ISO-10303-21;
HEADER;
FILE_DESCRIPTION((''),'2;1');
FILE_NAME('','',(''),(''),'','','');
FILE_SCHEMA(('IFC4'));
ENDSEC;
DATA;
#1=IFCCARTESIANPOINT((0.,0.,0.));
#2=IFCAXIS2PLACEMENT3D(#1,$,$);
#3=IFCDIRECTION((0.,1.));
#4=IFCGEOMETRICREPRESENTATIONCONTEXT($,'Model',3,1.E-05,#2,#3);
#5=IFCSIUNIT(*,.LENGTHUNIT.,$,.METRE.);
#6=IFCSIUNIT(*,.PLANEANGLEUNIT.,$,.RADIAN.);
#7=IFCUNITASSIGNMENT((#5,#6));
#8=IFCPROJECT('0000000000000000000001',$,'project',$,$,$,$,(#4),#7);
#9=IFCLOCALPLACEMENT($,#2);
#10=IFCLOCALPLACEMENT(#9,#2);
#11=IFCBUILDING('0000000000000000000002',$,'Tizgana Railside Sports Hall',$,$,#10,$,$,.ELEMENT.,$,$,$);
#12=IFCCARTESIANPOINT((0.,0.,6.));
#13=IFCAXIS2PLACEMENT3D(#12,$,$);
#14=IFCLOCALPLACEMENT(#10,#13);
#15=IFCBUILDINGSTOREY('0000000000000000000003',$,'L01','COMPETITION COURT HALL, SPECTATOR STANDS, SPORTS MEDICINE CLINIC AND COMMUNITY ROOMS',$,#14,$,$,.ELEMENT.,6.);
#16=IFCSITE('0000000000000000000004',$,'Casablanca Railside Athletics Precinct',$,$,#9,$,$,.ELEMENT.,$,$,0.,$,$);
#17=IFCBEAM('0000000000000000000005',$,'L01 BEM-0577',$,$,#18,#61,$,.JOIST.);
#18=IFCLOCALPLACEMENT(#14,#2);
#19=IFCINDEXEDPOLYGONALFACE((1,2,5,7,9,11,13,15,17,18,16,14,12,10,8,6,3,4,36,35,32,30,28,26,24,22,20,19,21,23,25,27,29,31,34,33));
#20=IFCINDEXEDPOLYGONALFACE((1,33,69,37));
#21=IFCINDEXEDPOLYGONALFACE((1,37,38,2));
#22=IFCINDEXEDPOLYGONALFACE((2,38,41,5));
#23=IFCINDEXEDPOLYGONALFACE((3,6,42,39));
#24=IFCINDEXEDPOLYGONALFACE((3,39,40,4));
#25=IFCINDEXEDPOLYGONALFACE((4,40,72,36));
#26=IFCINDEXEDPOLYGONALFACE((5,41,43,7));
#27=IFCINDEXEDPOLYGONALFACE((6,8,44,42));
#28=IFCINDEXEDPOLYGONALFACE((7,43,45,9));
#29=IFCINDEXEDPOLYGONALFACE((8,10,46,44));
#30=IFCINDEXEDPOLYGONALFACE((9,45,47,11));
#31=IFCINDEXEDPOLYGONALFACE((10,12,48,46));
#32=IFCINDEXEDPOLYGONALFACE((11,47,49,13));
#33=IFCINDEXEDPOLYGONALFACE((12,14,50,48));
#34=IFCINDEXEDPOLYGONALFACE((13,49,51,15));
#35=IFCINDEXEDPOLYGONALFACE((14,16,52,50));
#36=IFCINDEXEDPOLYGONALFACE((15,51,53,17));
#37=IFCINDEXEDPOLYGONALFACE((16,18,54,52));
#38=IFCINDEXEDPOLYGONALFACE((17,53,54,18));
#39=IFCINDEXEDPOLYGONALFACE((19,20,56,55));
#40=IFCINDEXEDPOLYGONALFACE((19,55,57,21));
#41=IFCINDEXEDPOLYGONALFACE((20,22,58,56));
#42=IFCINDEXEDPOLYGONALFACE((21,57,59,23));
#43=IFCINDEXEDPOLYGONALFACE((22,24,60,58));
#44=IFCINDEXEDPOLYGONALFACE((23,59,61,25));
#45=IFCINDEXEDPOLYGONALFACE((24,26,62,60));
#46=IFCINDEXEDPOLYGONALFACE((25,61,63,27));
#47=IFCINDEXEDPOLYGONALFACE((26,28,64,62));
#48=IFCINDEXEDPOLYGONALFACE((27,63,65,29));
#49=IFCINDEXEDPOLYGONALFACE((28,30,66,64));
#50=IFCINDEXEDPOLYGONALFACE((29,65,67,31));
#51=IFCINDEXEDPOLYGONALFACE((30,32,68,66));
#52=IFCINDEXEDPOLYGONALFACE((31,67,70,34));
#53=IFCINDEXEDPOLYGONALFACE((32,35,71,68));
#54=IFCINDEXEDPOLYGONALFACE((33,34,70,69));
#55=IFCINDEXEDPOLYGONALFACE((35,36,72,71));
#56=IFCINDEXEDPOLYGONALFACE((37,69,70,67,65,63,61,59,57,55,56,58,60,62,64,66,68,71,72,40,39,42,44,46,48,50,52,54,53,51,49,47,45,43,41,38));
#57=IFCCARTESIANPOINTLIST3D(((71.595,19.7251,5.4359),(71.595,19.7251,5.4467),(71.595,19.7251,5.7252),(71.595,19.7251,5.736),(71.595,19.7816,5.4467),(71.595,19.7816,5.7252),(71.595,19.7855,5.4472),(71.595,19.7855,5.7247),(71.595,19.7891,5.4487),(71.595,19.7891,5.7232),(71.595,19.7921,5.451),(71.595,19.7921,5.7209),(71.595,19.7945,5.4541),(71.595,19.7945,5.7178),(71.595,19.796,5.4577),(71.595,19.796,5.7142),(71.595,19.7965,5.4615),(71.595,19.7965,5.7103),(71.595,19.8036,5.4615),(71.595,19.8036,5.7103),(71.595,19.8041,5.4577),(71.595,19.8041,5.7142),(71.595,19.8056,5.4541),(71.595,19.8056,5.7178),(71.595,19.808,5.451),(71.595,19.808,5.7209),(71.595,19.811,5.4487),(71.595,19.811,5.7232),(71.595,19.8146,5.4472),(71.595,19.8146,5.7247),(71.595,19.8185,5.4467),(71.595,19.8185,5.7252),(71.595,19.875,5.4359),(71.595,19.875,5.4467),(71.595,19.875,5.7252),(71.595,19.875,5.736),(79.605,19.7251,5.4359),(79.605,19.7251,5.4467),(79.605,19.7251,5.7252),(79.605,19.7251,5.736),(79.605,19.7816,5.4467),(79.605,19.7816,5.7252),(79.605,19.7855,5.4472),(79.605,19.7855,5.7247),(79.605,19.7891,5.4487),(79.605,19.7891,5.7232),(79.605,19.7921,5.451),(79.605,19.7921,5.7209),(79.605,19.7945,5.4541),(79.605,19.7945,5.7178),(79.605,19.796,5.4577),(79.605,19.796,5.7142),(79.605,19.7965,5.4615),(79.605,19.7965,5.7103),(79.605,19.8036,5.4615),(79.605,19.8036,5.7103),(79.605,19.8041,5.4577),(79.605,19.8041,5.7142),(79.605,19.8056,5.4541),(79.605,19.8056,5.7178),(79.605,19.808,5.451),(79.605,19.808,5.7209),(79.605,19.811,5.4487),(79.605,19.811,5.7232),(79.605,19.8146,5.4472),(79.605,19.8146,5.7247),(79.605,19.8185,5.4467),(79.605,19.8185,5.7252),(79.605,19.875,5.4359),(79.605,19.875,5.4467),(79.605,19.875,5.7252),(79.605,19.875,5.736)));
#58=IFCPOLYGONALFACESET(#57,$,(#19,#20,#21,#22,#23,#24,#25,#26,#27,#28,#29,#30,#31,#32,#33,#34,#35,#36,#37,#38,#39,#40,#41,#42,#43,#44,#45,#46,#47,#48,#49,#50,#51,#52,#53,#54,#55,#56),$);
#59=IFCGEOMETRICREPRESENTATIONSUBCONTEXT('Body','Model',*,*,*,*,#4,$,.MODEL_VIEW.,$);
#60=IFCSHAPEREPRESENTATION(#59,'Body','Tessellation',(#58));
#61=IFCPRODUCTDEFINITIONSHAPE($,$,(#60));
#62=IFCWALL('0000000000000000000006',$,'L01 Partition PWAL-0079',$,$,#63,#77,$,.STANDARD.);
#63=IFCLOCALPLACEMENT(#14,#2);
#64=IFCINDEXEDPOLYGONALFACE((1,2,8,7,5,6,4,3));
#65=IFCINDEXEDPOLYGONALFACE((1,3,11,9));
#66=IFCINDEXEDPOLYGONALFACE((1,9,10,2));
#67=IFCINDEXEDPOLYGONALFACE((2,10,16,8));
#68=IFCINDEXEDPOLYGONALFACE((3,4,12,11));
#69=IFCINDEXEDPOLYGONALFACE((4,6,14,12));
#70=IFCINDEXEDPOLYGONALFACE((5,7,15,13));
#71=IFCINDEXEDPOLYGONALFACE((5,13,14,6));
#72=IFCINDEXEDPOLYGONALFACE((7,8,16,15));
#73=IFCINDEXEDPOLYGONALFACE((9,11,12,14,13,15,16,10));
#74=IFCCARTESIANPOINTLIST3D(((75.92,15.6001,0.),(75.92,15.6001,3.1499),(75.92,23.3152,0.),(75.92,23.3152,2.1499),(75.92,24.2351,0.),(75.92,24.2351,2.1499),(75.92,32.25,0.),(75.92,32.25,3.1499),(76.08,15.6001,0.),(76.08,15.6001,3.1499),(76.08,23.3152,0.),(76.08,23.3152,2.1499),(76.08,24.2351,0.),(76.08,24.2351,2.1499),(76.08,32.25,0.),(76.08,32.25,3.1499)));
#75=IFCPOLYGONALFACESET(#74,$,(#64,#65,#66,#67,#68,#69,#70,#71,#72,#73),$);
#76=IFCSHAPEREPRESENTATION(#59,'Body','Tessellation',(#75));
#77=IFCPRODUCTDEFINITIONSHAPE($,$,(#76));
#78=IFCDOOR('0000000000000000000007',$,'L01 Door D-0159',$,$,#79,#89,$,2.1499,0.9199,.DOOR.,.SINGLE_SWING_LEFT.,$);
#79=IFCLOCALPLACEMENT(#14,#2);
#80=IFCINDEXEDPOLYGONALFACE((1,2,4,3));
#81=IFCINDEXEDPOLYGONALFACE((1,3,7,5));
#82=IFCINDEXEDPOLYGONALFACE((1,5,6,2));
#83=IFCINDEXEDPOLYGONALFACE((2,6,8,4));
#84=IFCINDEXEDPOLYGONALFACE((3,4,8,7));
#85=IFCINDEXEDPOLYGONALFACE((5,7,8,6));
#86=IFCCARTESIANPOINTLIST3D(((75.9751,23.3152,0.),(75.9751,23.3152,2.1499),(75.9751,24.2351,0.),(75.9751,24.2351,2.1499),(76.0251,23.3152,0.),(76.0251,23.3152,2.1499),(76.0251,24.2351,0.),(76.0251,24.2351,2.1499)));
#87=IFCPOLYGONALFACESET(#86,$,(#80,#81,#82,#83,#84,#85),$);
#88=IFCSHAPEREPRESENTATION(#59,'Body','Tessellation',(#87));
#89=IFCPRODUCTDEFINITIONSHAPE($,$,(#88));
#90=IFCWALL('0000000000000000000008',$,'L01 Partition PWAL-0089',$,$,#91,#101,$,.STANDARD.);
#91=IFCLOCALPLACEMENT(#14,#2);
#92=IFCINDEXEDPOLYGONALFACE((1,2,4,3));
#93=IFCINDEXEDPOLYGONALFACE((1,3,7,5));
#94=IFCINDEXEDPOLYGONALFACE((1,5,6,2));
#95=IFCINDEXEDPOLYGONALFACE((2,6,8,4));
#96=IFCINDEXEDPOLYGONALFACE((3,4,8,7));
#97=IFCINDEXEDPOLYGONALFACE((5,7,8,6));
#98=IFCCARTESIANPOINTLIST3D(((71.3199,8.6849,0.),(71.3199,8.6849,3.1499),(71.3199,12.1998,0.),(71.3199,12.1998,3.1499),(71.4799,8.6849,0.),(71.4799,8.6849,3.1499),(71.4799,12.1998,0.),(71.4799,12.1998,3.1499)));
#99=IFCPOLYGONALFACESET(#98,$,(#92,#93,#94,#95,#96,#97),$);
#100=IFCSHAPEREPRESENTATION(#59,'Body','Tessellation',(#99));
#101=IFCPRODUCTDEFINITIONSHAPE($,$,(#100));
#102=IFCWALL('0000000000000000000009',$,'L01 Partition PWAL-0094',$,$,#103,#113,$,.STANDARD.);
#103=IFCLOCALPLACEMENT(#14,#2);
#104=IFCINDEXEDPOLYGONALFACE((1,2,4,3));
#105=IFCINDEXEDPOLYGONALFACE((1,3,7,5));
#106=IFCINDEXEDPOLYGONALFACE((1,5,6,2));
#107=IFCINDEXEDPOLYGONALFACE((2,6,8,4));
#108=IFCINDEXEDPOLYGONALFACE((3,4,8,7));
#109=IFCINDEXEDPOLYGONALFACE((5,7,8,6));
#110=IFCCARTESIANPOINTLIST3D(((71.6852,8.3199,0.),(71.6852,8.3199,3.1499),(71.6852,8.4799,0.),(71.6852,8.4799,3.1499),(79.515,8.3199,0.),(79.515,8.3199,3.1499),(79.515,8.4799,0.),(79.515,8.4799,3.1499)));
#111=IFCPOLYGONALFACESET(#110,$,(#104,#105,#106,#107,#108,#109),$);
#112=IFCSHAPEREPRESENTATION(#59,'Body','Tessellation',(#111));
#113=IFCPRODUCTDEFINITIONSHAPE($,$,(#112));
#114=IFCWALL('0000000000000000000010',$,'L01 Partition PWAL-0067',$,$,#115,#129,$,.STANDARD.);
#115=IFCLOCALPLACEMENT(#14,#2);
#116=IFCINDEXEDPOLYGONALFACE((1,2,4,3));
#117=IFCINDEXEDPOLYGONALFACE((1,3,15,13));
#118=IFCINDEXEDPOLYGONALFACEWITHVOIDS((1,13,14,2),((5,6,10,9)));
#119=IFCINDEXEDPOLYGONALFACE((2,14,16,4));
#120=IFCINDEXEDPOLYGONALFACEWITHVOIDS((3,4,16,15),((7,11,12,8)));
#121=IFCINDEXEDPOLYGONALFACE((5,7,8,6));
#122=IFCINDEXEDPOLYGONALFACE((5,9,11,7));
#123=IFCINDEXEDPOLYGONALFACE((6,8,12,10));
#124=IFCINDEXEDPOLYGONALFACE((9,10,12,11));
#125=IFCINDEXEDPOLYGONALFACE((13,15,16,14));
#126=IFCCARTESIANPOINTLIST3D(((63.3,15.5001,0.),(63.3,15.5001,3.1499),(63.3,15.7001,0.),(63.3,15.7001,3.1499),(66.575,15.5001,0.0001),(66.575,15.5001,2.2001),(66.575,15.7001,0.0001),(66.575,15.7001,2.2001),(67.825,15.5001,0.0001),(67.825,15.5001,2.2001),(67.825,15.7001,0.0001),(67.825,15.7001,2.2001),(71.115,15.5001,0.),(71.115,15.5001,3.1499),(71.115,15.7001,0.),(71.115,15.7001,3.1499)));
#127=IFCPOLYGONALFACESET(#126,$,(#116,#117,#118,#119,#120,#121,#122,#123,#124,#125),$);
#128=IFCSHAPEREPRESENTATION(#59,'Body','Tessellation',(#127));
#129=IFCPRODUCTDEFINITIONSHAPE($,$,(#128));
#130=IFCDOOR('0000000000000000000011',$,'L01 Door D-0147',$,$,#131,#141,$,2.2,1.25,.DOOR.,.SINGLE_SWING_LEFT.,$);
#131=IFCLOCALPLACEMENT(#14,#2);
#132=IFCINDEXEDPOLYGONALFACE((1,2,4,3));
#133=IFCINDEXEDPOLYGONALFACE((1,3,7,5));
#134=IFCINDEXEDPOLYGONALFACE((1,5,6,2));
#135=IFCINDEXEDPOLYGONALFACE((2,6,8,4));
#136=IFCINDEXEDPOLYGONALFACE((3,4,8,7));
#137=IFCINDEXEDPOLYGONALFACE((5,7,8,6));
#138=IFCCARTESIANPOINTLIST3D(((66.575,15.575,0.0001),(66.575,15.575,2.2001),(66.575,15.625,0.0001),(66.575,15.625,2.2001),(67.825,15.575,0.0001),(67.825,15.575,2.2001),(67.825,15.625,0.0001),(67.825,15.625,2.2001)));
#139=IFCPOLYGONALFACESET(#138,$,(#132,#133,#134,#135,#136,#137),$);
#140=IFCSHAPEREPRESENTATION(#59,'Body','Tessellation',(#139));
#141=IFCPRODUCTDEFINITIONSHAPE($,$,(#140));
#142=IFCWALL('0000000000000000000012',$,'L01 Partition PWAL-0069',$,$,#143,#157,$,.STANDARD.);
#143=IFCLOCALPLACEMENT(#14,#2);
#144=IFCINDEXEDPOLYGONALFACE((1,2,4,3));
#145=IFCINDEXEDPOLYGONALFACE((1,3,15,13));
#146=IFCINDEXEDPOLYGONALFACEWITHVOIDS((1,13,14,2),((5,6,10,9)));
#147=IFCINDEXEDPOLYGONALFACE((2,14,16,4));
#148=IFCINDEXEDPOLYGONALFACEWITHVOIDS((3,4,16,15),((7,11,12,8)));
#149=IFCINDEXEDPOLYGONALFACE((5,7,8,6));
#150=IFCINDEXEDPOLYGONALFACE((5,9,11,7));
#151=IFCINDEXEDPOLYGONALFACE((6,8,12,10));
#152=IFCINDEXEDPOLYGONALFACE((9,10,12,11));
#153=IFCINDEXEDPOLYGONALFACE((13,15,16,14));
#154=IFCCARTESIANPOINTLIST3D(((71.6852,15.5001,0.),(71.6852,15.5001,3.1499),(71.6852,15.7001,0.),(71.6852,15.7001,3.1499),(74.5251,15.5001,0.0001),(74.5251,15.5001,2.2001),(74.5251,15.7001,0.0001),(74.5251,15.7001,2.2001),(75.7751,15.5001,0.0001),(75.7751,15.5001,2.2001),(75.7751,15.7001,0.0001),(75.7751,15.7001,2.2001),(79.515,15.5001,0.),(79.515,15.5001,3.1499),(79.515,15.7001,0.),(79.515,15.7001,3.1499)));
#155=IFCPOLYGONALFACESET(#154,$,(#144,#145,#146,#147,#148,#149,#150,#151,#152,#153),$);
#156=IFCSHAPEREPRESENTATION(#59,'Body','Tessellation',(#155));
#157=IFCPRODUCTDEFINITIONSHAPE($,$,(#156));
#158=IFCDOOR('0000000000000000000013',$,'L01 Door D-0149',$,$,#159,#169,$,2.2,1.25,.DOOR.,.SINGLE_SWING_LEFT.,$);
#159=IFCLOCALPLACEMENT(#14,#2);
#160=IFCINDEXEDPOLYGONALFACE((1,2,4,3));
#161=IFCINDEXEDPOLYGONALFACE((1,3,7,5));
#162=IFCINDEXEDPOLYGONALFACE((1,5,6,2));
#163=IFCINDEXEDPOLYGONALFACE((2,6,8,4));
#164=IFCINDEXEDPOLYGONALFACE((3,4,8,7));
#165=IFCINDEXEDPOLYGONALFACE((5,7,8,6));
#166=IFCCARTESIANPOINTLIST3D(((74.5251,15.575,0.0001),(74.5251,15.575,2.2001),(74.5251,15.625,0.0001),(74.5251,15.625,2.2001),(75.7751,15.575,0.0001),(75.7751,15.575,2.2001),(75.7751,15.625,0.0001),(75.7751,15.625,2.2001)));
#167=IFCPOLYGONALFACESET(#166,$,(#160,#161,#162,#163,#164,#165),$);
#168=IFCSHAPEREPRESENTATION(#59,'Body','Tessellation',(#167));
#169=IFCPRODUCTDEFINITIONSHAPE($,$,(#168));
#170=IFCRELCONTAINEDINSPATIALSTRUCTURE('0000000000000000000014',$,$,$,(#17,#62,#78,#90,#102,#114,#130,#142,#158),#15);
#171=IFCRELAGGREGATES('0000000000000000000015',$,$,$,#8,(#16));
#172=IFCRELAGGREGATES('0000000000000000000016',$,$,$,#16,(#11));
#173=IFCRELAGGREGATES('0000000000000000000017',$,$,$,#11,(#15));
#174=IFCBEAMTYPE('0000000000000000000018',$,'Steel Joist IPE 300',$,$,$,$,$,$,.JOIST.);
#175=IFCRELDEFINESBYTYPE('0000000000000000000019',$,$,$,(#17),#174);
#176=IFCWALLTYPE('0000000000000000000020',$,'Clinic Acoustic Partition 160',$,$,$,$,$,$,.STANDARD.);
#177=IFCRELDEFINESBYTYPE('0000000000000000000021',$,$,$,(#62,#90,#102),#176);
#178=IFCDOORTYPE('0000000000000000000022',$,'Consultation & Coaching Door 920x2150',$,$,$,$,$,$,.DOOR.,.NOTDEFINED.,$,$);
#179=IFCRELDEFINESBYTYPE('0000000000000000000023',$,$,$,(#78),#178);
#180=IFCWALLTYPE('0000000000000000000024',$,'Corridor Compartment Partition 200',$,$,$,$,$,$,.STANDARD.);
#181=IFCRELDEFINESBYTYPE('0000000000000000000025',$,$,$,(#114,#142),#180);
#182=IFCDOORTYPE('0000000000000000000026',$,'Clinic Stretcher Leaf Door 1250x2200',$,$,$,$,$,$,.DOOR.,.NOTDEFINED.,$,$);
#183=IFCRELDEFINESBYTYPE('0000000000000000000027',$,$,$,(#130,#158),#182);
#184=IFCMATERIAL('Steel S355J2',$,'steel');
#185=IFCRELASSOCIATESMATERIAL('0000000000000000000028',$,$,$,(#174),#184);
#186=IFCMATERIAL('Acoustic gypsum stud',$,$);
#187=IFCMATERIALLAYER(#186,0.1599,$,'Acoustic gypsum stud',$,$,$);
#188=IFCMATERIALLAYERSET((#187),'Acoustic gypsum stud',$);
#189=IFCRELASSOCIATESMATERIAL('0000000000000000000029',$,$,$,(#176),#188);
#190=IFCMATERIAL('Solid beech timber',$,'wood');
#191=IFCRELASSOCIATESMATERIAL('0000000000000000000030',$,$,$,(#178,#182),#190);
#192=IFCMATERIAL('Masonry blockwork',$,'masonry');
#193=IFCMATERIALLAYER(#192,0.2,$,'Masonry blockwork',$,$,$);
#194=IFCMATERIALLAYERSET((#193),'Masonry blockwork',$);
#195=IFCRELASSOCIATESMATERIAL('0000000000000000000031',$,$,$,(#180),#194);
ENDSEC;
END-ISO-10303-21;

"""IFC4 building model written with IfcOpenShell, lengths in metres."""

from ifc_helpers import new_model, si_unit, direction, frame, frame_2d, origin, origin_2d, place, context, subcontext, project, spatial, rectangle, i_section, extrude, material, layer, layer_set, material_profile, profile_set, type_object, element, fill, save


model = new_model("IFC4")

# Units and contexts
model_context = context("Model", 3, precision=1e-05, world=origin(), true_north=direction((0.0, 1.0)))
body_context = subcontext(model_context, "Body", "Model", "MODEL_VIEW")
ifc_project = project(units=[si_unit("LENGTHUNIT", "METRE"), si_unit("PLANEANGLEUNIT", "RADIAN")], contexts=[model_context])

# Site, building, storey
site_placement = place(None, origin())
site = spatial("IfcSite", under=ifc_project, at=site_placement, Name="Casablanca Railside Athletics Precinct", CompositionType="ELEMENT", RefElevation=0.0)
building_placement = place(site_placement, origin())
building = spatial("IfcBuilding", under=site, at=building_placement, Name="Tizgana Railside Sports Hall", CompositionType="ELEMENT")
storey_placement = place(building_placement, frame((0.0, 0.0, 6.0)))
storey = spatial("IfcBuildingStorey", under=building, at=storey_placement, Name="L01", Description="COMPETITION COURT HALL, SPECTATOR STANDS, SPORTS MEDICINE CLINIC AND COMMUNITY ROOMS", CompositionType="ELEMENT", Elevation=6.0)

# Beam
ifc_material_1 = material(Name="Steel S355J2", Category="steel")
ifc_material_profile_1 = material_profile(ifc_material_1, i_section(OverallWidth=0.1499, OverallDepth=0.3, WebThickness=0.0071, FlangeThickness=0.0107, FilletRadius=0.0149, at=origin_2d()), Name="IPE 300")
ifc_profile_set_1 = profile_set([ifc_material_profile_1], Name="Steel S355J2")
beam_type_1 = type_object("IfcBeamType", Name="Steel Joist IPE 300", PredefinedType="JOIST", material=ifc_profile_set_1)
for number, where, z_axis, x_axis, name in (
    (1, (71.595, 19.8, 5.5859), (1.0, 0.0, 0.0), (0.0, 1.0, 0.0), "L01 BEM-0577"),
):
    element("IfcBeam", number, at=place(storey_placement, frame(where, z_axis=z_axis, x_axis=x_axis)), inside=storey, type_object=beam_type_1, Name=name, PredefinedType="JOIST", context=body_context, shape_type="SweptSolid", body=[
        extrude(i_section(OverallWidth=0.1499, OverallDepth=0.3, WebThickness=0.0071, FlangeThickness=0.0107, FilletRadius=0.0149, at=origin_2d()), origin(), (0.0, 0.0, 1.0), 8.01),
    ])

# Wall, opening, door
ifc_material_2 = material(Name="Acoustic gypsum stud")
ifc_layer_1 = layer(ifc_material_2, 0.1599, Name="Acoustic gypsum stud")
ifc_layer_set_1 = layer_set([ifc_layer_1], Name="Acoustic gypsum stud")
wall_type_1 = type_object("IfcWallType", Name="Clinic Acoustic Partition 160", PredefinedType="STANDARD", material=ifc_layer_set_1)
wall_1_placement = place(storey_placement, frame((76.0, 15.6001, 0.0), z_axis=(0.0, 0.0, 1.0), x_axis=(0.0, 1.0, 0.0)))
wall_1 = element("IfcWall", 2, at=wall_1_placement, inside=storey, type_object=wall_type_1, Name="L01 Partition PWAL-0079", PredefinedType="STANDARD", context=body_context, shape_type="SweptSolid", body=[
    extrude(rectangle(XDim=16.6499, YDim=0.1599, at=frame_2d((8.325, 0.0))), origin(), (0.0, 0.0, 1.0), 3.1499),
])
opening_1_placement = place(wall_1_placement, frame((7.7151, 0.0, 0.0)))
opening_1 = element("IfcOpeningElement", 3, at=opening_1_placement, cuts=wall_1, PredefinedType="OPENING", context=body_context, shape_type="SweptSolid", body=[
    extrude(rectangle(XDim=0.9199, YDim=2.1499, at=frame_2d((0.46, 1.075))), frame((0.0, 0.0898, 0.0), z_axis=(0.0, -1.0, 0.0), x_axis=(1.0, 0.0, 0.0)), (0.0, 0.0, 1.0), 0.1799),
])
ifc_material_3 = material(Name="Solid beech timber", Category="wood")
door_type_1 = type_object("IfcDoorType", Name="Consultation & Coaching Door 920x2150", OperationType="NOTDEFINED", PredefinedType="DOOR", material=ifc_material_3)
door_1_placement = place(opening_1_placement, origin())
door_1 = element("IfcDoor", 4, at=door_1_placement, inside=storey, type_object=door_type_1, Name="L01 Door D-0159", OperationType="SINGLE_SWING_LEFT", OverallHeight=2.1499, OverallWidth=0.9199, PredefinedType="DOOR", context=body_context, shape_type="SweptSolid", body=[
    extrude(rectangle(XDim=0.9199, YDim=2.1499, at=frame_2d((0.46, 1.075))), frame((0.0, 0.0249, 0.0), z_axis=(0.0, -1.0, 0.0), x_axis=(1.0, 0.0, 0.0)), (0.0, 0.0, 1.0), 0.05),
])
fill(opening_1, door_1)

# Walls
wall_2_placement = place(storey_placement, frame((71.3999, 8.6851, 0.0), z_axis=(0.0, 0.0, 1.0), x_axis=(0.0, 1.0, 0.0)))
element("IfcWall", 5, at=wall_2_placement, inside=storey, type_object=wall_type_1, Name="L01 Partition PWAL-0089", PredefinedType="STANDARD", context=body_context, shape_type="SweptSolid", body=[
    extrude(rectangle(XDim=3.5149, YDim=0.1599, at=frame_2d((1.7573, 0.0))), origin(), (0.0, 0.0, 1.0), 3.1499),
])
wall_3_placement = place(storey_placement, frame((71.6851, 8.3999, 0.0), z_axis=(0.0, 0.0, 1.0), x_axis=(1.0, 0.0, 0.0)))
element("IfcWall", 6, at=wall_3_placement, inside=storey, type_object=wall_type_1, Name="L01 Partition PWAL-0094", PredefinedType="STANDARD", context=body_context, shape_type="SweptSolid", body=[
    extrude(rectangle(XDim=7.8298, YDim=0.1599, at=frame_2d((3.915, 0.0))), origin(), (0.0, 0.0, 1.0), 3.1499),
])

# Walls, openings, doors
ifc_material_4 = material(Name="Masonry blockwork", Category="masonry")
ifc_layer_2 = layer(ifc_material_4, 0.2, Name="Masonry blockwork")
ifc_layer_set_2 = layer_set([ifc_layer_2], Name="Masonry blockwork")
wall_type_2 = type_object("IfcWallType", Name="Corridor Compartment Partition 200", PredefinedType="STANDARD", material=ifc_layer_set_2)
wall_4_placement = place(storey_placement, frame((63.3, 15.6001, 0.0), z_axis=(0.0, 0.0, 1.0), x_axis=(1.0, 0.0, 0.0)))
wall_4 = element("IfcWall", 7, at=wall_4_placement, inside=storey, type_object=wall_type_2, Name="L01 Partition PWAL-0067", PredefinedType="STANDARD", context=body_context, shape_type="SweptSolid", body=[
    extrude(rectangle(XDim=7.8149, YDim=0.2, at=frame_2d((3.9075, 0.0))), origin(), (0.0, 0.0, 1.0), 3.1499),
])
opening_2_placement = place(wall_4_placement, frame((3.2749, 0.0, 0.0)))
opening_2 = element("IfcOpeningElement", 8, at=opening_2_placement, cuts=wall_4, PredefinedType="OPENING", context=body_context, shape_type="SweptSolid", body=[
    extrude(rectangle(XDim=1.25, YDim=2.2, at=frame_2d((0.625, 1.1001))), frame((0.0, 0.1099, 0.0), z_axis=(0.0, -1.0, 0.0), x_axis=(1.0, 0.0, 0.0)), (0.0, 0.0, 1.0), 0.22),
])
door_type_2 = type_object("IfcDoorType", Name="Clinic Stretcher Leaf Door 1250x2200", OperationType="NOTDEFINED", PredefinedType="DOOR", material=ifc_material_3)
door_2_placement = place(opening_2_placement, origin())
door_2 = element("IfcDoor", 9, at=door_2_placement, inside=storey, type_object=door_type_2, Name="L01 Door D-0147", OperationType="SINGLE_SWING_LEFT", OverallHeight=2.2, OverallWidth=1.25, PredefinedType="DOOR", context=body_context, shape_type="SweptSolid", body=[
    extrude(rectangle(XDim=1.25, YDim=2.2, at=frame_2d((0.625, 1.1001))), frame((0.0, 0.0249, 0.0), z_axis=(0.0, -1.0, 0.0), x_axis=(1.0, 0.0, 0.0)), (0.0, 0.0, 1.0), 0.05),
])
fill(opening_2, door_2)
wall_5_placement = place(storey_placement, frame((71.6851, 15.6001, 0.0), z_axis=(0.0, 0.0, 1.0), x_axis=(1.0, 0.0, 0.0)))
wall_5 = element("IfcWall", 10, at=wall_5_placement, inside=storey, type_object=wall_type_2, Name="L01 Partition PWAL-0069", PredefinedType="STANDARD", context=body_context, shape_type="SweptSolid", body=[
    extrude(rectangle(XDim=7.8298, YDim=0.2, at=frame_2d((3.915, 0.0))), origin(), (0.0, 0.0, 1.0), 3.1499),
])
opening_3_placement = place(wall_5_placement, frame((2.8401, 0.0, 0.0)))
opening_3 = element("IfcOpeningElement", 11, at=opening_3_placement, cuts=wall_5, PredefinedType="OPENING", context=body_context, shape_type="SweptSolid", body=[
    extrude(rectangle(XDim=1.25, YDim=2.2, at=frame_2d((0.625, 1.1001))), frame((0.0, 0.1099, 0.0), z_axis=(0.0, -1.0, 0.0), x_axis=(1.0, 0.0, 0.0)), (0.0, 0.0, 1.0), 0.22),
])
door_3_placement = place(opening_3_placement, origin())
door_3 = element("IfcDoor", 12, at=door_3_placement, inside=storey, type_object=door_type_2, Name="L01 Door D-0149", OperationType="SINGLE_SWING_LEFT", OverallHeight=2.2, OverallWidth=1.25, PredefinedType="DOOR", context=body_context, shape_type="SweptSolid", body=[
    extrude(rectangle(XDim=1.25, YDim=2.2, at=frame_2d((0.625, 1.1001))), frame((0.0, 0.0249, 0.0), z_axis=(0.0, -1.0, 0.0), x_axis=(1.0, 0.0, 0.0)), (0.0, 0.0, 1.0), 0.05),
])
fill(opening_3, door_3)

save(model, "model.ifc")
